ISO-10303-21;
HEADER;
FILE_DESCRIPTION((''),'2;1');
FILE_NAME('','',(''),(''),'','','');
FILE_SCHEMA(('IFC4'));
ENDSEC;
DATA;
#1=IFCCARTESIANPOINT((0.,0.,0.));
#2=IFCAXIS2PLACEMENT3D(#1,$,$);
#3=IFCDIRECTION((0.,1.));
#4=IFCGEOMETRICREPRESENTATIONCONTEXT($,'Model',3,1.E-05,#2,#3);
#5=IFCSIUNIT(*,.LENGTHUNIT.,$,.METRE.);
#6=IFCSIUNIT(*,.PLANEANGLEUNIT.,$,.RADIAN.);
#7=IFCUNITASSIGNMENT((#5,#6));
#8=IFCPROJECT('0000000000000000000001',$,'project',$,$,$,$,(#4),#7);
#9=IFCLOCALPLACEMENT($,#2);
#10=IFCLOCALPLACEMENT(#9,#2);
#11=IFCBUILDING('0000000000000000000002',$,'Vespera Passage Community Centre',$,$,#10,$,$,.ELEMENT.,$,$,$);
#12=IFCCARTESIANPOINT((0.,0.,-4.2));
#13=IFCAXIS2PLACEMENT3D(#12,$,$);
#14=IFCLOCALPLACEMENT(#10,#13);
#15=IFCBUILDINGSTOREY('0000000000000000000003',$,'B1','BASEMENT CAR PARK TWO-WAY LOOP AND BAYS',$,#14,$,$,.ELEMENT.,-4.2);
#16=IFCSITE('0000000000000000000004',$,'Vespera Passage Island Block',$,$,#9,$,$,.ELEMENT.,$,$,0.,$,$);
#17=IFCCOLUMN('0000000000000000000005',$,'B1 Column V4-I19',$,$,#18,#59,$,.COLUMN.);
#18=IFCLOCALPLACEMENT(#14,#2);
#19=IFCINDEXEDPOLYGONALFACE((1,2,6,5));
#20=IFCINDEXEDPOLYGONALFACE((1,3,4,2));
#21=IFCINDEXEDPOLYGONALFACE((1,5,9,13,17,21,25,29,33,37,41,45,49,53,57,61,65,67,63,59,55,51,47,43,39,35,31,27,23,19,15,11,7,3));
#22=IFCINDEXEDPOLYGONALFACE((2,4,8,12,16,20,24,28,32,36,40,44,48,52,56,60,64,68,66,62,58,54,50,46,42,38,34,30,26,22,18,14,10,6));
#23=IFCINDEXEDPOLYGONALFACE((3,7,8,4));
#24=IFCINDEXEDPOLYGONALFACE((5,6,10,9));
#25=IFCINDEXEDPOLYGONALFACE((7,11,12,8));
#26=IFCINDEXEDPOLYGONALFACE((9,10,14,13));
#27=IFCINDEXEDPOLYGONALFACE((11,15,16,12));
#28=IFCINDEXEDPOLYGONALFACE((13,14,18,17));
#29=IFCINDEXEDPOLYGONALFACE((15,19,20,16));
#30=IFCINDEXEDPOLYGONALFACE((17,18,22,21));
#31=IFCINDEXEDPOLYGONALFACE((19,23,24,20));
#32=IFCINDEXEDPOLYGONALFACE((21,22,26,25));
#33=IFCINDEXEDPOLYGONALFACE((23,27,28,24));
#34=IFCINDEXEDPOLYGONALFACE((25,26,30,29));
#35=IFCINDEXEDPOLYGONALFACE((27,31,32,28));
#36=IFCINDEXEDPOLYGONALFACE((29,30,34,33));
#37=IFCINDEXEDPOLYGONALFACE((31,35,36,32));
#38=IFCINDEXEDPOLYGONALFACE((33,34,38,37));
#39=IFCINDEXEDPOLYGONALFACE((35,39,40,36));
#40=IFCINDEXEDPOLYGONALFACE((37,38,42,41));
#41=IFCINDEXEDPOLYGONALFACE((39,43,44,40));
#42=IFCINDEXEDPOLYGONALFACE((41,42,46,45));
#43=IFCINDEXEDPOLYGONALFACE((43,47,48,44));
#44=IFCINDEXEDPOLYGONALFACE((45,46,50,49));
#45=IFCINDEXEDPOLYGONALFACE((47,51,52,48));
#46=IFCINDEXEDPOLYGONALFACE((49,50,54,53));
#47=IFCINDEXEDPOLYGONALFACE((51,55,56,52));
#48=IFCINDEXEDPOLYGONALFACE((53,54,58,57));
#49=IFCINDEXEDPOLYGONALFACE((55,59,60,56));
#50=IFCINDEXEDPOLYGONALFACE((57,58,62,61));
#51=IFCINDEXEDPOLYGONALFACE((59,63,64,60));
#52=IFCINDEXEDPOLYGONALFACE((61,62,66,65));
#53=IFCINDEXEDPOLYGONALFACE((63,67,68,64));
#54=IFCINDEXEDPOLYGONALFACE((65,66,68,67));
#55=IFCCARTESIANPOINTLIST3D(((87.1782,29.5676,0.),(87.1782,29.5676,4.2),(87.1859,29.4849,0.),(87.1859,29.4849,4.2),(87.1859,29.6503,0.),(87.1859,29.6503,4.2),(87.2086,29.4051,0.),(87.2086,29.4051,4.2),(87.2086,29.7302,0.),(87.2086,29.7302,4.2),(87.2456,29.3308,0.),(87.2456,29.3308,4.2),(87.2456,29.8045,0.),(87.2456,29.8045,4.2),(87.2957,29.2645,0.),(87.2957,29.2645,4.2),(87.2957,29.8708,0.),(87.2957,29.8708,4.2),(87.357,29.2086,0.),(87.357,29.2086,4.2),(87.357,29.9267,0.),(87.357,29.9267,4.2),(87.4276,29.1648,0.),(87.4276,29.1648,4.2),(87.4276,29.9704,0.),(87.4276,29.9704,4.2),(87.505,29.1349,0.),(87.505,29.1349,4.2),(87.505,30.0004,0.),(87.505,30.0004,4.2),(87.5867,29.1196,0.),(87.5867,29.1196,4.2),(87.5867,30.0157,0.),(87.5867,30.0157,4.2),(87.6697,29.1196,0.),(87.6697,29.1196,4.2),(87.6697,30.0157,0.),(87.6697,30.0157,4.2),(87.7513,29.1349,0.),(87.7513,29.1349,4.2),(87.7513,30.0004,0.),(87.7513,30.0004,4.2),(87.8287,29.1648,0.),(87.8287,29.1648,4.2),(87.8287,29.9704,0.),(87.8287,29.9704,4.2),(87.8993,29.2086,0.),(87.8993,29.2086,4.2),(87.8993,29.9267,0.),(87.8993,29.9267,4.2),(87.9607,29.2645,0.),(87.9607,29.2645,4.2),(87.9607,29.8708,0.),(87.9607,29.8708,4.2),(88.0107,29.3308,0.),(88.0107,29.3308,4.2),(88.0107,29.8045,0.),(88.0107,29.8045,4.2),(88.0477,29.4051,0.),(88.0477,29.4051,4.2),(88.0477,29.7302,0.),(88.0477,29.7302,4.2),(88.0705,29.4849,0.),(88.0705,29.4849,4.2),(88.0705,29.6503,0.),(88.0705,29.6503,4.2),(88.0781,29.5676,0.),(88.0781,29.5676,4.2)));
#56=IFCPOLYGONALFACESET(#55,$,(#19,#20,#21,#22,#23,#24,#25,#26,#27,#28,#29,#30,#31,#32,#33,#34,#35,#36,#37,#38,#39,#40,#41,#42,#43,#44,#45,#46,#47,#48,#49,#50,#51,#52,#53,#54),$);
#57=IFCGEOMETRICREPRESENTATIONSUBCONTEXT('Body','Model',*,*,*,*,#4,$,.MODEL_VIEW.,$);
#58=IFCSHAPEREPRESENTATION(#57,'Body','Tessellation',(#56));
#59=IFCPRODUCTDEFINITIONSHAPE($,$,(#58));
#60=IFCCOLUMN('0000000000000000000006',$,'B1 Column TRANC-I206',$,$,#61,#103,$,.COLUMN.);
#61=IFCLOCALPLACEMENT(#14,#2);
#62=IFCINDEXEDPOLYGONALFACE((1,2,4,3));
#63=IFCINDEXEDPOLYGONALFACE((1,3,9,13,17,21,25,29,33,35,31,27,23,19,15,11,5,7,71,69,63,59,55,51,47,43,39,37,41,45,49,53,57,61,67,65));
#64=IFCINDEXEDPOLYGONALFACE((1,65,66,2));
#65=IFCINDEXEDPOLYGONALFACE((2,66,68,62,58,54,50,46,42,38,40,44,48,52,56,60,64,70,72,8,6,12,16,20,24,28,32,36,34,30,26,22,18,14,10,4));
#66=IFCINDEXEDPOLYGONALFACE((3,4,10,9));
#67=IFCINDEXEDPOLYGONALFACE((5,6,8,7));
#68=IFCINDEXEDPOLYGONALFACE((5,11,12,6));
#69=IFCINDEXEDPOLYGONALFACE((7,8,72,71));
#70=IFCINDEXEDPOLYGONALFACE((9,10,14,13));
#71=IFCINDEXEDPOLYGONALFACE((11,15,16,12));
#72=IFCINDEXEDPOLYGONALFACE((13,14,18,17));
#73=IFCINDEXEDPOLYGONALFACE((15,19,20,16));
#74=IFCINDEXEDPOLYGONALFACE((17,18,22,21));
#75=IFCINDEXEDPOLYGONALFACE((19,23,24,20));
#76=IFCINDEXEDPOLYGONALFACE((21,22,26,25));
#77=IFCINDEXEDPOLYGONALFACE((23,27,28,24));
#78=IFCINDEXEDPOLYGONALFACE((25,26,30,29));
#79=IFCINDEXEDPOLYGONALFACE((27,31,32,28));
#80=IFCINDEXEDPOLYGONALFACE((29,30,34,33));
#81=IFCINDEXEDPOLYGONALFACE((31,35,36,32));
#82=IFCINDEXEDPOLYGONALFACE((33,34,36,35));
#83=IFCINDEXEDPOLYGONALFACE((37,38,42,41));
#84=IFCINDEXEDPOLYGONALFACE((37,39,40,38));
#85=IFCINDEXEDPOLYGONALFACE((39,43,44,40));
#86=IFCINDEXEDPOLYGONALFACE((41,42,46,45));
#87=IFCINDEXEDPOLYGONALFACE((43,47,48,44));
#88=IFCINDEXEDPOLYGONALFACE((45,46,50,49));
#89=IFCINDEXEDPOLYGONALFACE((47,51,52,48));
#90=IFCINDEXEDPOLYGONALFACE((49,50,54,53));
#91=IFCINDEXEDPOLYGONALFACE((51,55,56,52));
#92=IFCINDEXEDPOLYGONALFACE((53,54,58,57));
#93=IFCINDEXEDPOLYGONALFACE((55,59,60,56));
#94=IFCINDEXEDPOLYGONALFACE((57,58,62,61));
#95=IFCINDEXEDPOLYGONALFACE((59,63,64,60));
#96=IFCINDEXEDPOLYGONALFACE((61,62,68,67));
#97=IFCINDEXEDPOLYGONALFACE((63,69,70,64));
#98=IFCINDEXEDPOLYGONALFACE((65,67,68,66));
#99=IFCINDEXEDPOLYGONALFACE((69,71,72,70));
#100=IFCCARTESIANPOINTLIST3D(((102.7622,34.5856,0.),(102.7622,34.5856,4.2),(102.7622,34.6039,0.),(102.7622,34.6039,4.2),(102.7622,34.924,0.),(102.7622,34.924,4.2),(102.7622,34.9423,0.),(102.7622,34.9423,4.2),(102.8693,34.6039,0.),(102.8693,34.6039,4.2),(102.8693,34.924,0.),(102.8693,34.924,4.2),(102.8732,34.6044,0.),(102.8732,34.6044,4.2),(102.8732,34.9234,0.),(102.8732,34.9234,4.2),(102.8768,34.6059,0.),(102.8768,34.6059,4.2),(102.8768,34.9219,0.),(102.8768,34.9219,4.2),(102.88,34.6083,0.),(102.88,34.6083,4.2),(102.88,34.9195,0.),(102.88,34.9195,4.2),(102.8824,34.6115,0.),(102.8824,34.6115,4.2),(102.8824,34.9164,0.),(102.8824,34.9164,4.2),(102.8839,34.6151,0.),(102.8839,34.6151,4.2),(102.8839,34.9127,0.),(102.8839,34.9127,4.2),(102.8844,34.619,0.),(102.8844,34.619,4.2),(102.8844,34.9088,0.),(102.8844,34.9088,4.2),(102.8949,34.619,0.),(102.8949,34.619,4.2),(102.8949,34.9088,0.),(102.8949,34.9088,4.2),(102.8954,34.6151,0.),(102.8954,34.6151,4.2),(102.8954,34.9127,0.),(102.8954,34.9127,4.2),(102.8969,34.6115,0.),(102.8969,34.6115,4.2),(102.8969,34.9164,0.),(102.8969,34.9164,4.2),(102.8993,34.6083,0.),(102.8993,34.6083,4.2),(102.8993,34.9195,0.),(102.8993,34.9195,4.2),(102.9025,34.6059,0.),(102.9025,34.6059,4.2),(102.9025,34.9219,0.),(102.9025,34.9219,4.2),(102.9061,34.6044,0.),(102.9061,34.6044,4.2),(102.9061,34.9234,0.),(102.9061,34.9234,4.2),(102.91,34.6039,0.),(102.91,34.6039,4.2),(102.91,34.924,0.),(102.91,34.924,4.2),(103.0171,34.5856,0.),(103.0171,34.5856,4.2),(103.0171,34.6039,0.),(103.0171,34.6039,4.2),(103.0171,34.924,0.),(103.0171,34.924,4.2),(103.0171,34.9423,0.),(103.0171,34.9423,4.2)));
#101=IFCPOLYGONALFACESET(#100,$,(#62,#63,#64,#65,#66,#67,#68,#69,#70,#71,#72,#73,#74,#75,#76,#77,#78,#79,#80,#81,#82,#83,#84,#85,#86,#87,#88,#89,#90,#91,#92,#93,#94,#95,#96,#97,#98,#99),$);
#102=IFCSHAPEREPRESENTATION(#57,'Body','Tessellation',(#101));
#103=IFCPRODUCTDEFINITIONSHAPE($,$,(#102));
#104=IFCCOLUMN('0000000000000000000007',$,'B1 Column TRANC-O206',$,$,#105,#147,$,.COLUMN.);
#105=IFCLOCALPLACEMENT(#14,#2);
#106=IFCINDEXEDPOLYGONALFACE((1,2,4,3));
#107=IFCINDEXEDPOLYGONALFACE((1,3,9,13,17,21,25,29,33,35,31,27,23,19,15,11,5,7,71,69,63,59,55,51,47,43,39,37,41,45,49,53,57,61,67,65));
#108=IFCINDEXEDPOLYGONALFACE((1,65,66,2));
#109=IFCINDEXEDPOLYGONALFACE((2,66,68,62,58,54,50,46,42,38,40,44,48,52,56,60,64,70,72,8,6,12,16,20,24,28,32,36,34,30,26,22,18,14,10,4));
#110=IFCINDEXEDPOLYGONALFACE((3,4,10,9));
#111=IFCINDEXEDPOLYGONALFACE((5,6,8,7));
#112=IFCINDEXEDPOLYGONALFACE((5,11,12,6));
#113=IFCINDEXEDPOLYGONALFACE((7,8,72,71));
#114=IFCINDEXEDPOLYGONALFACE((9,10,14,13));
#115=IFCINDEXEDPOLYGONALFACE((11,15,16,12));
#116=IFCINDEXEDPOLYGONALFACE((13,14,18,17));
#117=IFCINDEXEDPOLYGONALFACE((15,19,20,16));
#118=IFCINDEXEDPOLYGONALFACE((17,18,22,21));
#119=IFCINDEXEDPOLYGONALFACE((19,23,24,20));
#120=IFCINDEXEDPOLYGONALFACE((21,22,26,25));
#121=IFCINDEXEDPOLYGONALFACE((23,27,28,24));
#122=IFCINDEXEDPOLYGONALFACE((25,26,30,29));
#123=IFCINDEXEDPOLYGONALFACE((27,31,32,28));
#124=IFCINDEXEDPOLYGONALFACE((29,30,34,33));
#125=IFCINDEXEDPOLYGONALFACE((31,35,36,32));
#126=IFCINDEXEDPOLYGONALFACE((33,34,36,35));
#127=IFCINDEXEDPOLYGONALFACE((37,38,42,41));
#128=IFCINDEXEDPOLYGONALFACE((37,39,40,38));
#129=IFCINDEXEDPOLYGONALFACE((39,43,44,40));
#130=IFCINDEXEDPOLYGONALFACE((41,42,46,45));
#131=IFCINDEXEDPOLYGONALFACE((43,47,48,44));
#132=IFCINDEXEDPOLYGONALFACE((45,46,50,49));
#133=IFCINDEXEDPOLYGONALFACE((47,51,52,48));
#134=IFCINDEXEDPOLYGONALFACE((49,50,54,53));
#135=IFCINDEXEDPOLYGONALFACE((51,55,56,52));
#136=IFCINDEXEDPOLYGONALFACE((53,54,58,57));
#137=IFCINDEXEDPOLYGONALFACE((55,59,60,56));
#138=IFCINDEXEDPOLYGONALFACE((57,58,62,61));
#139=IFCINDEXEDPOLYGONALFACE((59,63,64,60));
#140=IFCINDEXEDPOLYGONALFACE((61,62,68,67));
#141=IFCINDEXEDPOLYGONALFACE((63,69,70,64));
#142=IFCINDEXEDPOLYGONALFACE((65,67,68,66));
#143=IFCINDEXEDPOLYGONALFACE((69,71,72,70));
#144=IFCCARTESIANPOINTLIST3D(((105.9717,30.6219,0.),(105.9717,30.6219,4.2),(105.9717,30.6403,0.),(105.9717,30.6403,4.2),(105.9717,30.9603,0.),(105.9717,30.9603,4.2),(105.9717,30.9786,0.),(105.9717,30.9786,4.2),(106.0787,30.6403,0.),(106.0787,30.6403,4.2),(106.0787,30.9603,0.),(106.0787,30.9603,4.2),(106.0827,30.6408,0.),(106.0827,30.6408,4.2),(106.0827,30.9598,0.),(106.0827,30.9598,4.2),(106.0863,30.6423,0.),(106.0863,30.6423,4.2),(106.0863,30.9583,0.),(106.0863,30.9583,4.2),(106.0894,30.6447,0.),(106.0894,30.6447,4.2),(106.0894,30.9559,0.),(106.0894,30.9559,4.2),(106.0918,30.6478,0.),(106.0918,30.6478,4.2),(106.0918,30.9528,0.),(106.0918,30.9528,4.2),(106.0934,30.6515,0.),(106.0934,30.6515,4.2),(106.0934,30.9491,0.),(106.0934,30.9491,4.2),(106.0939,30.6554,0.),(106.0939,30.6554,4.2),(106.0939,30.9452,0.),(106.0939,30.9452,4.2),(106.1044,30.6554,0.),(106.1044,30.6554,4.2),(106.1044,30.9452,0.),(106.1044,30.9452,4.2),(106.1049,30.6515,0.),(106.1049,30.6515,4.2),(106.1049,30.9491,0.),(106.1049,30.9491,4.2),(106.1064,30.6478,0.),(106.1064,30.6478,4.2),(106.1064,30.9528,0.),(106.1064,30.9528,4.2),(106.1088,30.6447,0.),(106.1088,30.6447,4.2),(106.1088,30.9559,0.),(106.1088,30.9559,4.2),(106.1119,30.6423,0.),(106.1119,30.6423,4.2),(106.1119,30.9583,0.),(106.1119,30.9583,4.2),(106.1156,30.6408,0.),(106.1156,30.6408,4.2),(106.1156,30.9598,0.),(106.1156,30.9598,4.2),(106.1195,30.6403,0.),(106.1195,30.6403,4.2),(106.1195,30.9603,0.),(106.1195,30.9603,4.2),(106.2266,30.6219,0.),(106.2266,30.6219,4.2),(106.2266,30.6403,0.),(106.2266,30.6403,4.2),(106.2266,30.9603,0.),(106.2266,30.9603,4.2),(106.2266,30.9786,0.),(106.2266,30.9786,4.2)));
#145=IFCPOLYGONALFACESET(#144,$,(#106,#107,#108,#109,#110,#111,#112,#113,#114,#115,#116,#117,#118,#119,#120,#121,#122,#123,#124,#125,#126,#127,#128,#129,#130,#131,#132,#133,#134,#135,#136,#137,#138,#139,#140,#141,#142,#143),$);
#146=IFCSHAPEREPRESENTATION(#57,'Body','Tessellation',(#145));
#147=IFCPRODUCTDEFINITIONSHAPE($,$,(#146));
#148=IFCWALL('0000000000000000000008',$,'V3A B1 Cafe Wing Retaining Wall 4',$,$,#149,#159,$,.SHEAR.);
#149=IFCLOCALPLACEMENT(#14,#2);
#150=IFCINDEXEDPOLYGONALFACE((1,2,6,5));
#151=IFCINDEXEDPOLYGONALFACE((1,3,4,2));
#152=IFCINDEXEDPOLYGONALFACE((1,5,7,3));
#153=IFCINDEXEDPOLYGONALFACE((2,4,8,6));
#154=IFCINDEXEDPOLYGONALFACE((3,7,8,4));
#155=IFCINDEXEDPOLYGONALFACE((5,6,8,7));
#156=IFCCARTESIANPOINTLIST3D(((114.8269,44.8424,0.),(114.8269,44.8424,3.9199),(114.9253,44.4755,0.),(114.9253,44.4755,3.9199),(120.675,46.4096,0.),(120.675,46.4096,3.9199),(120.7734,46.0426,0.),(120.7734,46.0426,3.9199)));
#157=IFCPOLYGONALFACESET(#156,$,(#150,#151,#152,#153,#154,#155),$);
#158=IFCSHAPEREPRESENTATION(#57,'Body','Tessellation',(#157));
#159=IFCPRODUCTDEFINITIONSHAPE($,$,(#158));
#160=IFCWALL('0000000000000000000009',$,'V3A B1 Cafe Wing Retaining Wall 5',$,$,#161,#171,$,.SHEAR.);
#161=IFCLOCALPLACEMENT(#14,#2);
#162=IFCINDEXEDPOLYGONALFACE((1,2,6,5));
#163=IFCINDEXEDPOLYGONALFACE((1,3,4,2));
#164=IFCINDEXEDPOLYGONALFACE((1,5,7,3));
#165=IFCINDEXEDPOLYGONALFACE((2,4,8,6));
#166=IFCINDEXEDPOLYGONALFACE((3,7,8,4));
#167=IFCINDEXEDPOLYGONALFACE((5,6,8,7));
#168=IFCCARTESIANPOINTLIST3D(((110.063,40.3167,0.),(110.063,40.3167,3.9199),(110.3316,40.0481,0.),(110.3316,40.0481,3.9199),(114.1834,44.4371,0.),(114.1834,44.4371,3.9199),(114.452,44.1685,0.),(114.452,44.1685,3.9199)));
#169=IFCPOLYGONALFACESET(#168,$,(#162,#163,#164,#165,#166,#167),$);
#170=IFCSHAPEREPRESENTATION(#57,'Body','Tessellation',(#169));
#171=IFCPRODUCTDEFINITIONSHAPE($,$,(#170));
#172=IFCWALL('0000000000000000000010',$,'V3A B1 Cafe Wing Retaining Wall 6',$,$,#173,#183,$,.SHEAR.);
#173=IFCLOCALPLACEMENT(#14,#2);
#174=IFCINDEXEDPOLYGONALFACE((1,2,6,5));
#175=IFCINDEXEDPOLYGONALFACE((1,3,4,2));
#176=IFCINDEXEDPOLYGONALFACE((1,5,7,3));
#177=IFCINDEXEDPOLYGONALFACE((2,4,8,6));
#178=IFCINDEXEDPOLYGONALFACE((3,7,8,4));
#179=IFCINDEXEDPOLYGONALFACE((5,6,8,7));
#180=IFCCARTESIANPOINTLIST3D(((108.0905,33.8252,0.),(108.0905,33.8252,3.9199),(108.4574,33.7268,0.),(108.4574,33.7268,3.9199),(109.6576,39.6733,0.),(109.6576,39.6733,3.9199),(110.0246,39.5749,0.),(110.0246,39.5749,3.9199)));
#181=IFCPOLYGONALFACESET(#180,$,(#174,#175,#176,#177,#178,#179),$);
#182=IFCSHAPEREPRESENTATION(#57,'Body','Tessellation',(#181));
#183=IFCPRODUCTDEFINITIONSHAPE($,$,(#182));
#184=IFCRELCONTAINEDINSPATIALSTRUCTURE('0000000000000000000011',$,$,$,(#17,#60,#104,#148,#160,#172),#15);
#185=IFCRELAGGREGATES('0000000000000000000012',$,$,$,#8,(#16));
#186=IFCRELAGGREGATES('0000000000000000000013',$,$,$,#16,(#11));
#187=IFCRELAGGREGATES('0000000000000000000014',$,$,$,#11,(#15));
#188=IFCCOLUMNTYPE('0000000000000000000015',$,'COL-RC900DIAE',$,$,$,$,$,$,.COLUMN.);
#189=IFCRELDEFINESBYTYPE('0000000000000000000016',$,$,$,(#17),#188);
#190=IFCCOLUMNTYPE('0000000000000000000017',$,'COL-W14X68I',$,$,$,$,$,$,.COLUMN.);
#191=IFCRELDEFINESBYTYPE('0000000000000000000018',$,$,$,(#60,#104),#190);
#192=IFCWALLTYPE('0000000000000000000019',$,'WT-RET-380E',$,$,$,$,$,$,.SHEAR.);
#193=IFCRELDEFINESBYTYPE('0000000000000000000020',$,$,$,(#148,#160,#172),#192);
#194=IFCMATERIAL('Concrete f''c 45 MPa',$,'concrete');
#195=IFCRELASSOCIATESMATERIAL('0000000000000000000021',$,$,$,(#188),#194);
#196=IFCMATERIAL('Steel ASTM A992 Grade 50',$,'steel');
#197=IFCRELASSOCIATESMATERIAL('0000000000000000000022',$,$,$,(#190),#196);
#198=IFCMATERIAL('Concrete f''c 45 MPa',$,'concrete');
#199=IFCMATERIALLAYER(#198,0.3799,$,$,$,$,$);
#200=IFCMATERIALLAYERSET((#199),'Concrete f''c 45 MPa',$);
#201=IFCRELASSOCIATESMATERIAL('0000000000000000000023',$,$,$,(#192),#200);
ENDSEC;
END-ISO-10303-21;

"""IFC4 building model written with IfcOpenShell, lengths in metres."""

from ifc_helpers import new_model, si_unit, direction, frame, frame_2d, origin, origin_2d, place, context, subcontext, project, spatial, rectangle, circle, i_section, extrude, material, layer, layer_set, material_profile, profile_set, type_object, element, save


model = new_model("IFC4")

# Units and contexts
model_context = context("Model", 3, precision=1e-05, world=origin(), true_north=direction((0.0, 1.0)))
body_context = subcontext(model_context, "Body", "Model", "MODEL_VIEW")
ifc_project = project(units=[si_unit("LENGTHUNIT", "METRE"), si_unit("PLANEANGLEUNIT", "RADIAN")], contexts=[model_context])

# Site, building, storey
site_placement = place(None, origin())
site = spatial("IfcSite", under=ifc_project, at=site_placement, Name="Vespera Passage Island Block", CompositionType="ELEMENT", RefElevation=0.0)
building_placement = place(site_placement, origin())
building = spatial("IfcBuilding", under=site, at=building_placement, Name="Vespera Passage Community Centre", CompositionType="ELEMENT")
storey_placement = place(building_placement, frame((0.0, 0.0, -4.2)))
storey = spatial("IfcBuildingStorey", under=building, at=storey_placement, Name="B1", Description="BASEMENT CAR PARK TWO-WAY LOOP AND BAYS", CompositionType="ELEMENT", Elevation=-4.2)

# Columns
ifc_material_1 = material(Name="Concrete f'c 45 MPa", Category="concrete")
ifc_material_profile_1 = material_profile(ifc_material_1, circle(Radius=0.45, at=origin_2d()), Name="RC900DIA")
ifc_profile_set_1 = profile_set([ifc_material_profile_1], Name="Concrete f'c 45 MPa")
column_type_1 = type_object("IfcColumnType", Name="COL-RC900DIAE", PredefinedType="COLUMN", material=ifc_profile_set_1)
column_placement = place(storey_placement, frame((87.6282, 29.5676, 0.0), z_axis=(0.0, 0.0, 1.0), x_axis=(1.0, 0.0, 0.0)))
element("IfcColumn", 1, at=column_placement, inside=storey, type_object=column_type_1, Name="B1 Column V4-I19", PredefinedType="COLUMN", context=body_context, shape_type="SweptSolid", body=[
    extrude(circle(Radius=0.45, at=origin_2d()), origin(), (0.0, 0.0, 1.0), 4.2),
])
ifc_material_2 = material(Name="Steel ASTM A992 Grade 50", Category="steel")
ifc_material_profile_2 = material_profile(ifc_material_2, i_section(OverallWidth=0.2549, OverallDepth=0.3567, WebThickness=0.0105, FlangeThickness=0.0183, FilletRadius=0.0151, at=origin_2d()), Name="W14X68")
ifc_profile_set_2 = profile_set([ifc_material_profile_2], Name="Steel ASTM A992 Grade 50")
column_type_2 = type_object("IfcColumnType", Name="COL-W14X68I", PredefinedType="COLUMN", material=ifc_profile_set_2)
for number, where, z_axis, x_axis, name in (
    (2, (102.8896, 34.7639, 0.0), (0.0, 0.0, 1.0), (1.0, 0.0, 0.0), "B1 Column TRANC-I206"),
    (3, (106.0991, 30.8003, 0.0), (0.0, 0.0, 1.0), (1.0, 0.0, 0.0), "B1 Column TRANC-O206"),
):
    element("IfcColumn", number, at=place(storey_placement, frame(where, z_axis=z_axis, x_axis=x_axis)), inside=storey, type_object=column_type_2, Name=name, PredefinedType="COLUMN", context=body_context, shape_type="SweptSolid", body=[
        extrude(i_section(OverallWidth=0.2549, OverallDepth=0.3567, WebThickness=0.0105, FlangeThickness=0.0183, FilletRadius=0.0151, at=origin_2d()), origin(), (0.0, 0.0, 1.0), 4.2),
    ])

# Walls
ifc_material_3 = material(Name="Concrete f'c 45 MPa", Category="concrete")
ifc_layer = layer(ifc_material_3, 0.3799)
ifc_layer_set = layer_set([ifc_layer], Name="Concrete f'c 45 MPa")
wall_type = type_object("IfcWallType", Name="WT-RET-380E", PredefinedType="SHEAR", material=ifc_layer_set)
wall_1_placement = place(storey_placement, frame((114.876, 44.6589, 0.0), z_axis=(0.0, 0.0, 1.0), x_axis=(0.96592, 0.25884, 0.0)))
element("IfcWall", 4, at=wall_1_placement, inside=storey, type_object=wall_type, Name="V3A B1 Cafe Wing Retaining Wall 4", PredefinedType="SHEAR", context=body_context, shape_type="SweptSolid", body=[
    extrude(rectangle(XDim=6.0544, YDim=0.3799, at=frame_2d((3.0273, 0.0))), origin(), (0.0, 0.0, 1.0), 3.9199),
])
wall_2_placement = place(storey_placement, frame((110.1973, 40.1824, 0.0), z_axis=(0.0, 0.0, 1.0), x_axis=(0.707107, 0.707107, 0.0)))
element("IfcWall", 5, at=wall_2_placement, inside=storey, type_object=wall_type, Name="V3A B1 Cafe Wing Retaining Wall 5", PredefinedType="SHEAR", context=body_context, shape_type="SweptSolid", body=[
    extrude(rectangle(XDim=5.8271, YDim=0.3799, at=frame_2d((2.9136, 0.0))), origin(), (0.0, 0.0, 1.0), 3.9199),
])
wall_3_placement = place(storey_placement, frame((108.2739, 33.7759, 0.0), z_axis=(0.0, 0.0, 1.0), x_axis=(0.25884, 0.96592, 0.0)))
element("IfcWall", 6, at=wall_3_placement, inside=storey, type_object=wall_type, Name="V3A B1 Cafe Wing Retaining Wall 6", PredefinedType="SHEAR", context=body_context, shape_type="SweptSolid", body=[
    extrude(rectangle(XDim=6.0544, YDim=0.3799, at=frame_2d((3.0273, 0.0))), origin(), (0.0, 0.0, 1.0), 3.9199),
])

save(model, "model.ifc")
